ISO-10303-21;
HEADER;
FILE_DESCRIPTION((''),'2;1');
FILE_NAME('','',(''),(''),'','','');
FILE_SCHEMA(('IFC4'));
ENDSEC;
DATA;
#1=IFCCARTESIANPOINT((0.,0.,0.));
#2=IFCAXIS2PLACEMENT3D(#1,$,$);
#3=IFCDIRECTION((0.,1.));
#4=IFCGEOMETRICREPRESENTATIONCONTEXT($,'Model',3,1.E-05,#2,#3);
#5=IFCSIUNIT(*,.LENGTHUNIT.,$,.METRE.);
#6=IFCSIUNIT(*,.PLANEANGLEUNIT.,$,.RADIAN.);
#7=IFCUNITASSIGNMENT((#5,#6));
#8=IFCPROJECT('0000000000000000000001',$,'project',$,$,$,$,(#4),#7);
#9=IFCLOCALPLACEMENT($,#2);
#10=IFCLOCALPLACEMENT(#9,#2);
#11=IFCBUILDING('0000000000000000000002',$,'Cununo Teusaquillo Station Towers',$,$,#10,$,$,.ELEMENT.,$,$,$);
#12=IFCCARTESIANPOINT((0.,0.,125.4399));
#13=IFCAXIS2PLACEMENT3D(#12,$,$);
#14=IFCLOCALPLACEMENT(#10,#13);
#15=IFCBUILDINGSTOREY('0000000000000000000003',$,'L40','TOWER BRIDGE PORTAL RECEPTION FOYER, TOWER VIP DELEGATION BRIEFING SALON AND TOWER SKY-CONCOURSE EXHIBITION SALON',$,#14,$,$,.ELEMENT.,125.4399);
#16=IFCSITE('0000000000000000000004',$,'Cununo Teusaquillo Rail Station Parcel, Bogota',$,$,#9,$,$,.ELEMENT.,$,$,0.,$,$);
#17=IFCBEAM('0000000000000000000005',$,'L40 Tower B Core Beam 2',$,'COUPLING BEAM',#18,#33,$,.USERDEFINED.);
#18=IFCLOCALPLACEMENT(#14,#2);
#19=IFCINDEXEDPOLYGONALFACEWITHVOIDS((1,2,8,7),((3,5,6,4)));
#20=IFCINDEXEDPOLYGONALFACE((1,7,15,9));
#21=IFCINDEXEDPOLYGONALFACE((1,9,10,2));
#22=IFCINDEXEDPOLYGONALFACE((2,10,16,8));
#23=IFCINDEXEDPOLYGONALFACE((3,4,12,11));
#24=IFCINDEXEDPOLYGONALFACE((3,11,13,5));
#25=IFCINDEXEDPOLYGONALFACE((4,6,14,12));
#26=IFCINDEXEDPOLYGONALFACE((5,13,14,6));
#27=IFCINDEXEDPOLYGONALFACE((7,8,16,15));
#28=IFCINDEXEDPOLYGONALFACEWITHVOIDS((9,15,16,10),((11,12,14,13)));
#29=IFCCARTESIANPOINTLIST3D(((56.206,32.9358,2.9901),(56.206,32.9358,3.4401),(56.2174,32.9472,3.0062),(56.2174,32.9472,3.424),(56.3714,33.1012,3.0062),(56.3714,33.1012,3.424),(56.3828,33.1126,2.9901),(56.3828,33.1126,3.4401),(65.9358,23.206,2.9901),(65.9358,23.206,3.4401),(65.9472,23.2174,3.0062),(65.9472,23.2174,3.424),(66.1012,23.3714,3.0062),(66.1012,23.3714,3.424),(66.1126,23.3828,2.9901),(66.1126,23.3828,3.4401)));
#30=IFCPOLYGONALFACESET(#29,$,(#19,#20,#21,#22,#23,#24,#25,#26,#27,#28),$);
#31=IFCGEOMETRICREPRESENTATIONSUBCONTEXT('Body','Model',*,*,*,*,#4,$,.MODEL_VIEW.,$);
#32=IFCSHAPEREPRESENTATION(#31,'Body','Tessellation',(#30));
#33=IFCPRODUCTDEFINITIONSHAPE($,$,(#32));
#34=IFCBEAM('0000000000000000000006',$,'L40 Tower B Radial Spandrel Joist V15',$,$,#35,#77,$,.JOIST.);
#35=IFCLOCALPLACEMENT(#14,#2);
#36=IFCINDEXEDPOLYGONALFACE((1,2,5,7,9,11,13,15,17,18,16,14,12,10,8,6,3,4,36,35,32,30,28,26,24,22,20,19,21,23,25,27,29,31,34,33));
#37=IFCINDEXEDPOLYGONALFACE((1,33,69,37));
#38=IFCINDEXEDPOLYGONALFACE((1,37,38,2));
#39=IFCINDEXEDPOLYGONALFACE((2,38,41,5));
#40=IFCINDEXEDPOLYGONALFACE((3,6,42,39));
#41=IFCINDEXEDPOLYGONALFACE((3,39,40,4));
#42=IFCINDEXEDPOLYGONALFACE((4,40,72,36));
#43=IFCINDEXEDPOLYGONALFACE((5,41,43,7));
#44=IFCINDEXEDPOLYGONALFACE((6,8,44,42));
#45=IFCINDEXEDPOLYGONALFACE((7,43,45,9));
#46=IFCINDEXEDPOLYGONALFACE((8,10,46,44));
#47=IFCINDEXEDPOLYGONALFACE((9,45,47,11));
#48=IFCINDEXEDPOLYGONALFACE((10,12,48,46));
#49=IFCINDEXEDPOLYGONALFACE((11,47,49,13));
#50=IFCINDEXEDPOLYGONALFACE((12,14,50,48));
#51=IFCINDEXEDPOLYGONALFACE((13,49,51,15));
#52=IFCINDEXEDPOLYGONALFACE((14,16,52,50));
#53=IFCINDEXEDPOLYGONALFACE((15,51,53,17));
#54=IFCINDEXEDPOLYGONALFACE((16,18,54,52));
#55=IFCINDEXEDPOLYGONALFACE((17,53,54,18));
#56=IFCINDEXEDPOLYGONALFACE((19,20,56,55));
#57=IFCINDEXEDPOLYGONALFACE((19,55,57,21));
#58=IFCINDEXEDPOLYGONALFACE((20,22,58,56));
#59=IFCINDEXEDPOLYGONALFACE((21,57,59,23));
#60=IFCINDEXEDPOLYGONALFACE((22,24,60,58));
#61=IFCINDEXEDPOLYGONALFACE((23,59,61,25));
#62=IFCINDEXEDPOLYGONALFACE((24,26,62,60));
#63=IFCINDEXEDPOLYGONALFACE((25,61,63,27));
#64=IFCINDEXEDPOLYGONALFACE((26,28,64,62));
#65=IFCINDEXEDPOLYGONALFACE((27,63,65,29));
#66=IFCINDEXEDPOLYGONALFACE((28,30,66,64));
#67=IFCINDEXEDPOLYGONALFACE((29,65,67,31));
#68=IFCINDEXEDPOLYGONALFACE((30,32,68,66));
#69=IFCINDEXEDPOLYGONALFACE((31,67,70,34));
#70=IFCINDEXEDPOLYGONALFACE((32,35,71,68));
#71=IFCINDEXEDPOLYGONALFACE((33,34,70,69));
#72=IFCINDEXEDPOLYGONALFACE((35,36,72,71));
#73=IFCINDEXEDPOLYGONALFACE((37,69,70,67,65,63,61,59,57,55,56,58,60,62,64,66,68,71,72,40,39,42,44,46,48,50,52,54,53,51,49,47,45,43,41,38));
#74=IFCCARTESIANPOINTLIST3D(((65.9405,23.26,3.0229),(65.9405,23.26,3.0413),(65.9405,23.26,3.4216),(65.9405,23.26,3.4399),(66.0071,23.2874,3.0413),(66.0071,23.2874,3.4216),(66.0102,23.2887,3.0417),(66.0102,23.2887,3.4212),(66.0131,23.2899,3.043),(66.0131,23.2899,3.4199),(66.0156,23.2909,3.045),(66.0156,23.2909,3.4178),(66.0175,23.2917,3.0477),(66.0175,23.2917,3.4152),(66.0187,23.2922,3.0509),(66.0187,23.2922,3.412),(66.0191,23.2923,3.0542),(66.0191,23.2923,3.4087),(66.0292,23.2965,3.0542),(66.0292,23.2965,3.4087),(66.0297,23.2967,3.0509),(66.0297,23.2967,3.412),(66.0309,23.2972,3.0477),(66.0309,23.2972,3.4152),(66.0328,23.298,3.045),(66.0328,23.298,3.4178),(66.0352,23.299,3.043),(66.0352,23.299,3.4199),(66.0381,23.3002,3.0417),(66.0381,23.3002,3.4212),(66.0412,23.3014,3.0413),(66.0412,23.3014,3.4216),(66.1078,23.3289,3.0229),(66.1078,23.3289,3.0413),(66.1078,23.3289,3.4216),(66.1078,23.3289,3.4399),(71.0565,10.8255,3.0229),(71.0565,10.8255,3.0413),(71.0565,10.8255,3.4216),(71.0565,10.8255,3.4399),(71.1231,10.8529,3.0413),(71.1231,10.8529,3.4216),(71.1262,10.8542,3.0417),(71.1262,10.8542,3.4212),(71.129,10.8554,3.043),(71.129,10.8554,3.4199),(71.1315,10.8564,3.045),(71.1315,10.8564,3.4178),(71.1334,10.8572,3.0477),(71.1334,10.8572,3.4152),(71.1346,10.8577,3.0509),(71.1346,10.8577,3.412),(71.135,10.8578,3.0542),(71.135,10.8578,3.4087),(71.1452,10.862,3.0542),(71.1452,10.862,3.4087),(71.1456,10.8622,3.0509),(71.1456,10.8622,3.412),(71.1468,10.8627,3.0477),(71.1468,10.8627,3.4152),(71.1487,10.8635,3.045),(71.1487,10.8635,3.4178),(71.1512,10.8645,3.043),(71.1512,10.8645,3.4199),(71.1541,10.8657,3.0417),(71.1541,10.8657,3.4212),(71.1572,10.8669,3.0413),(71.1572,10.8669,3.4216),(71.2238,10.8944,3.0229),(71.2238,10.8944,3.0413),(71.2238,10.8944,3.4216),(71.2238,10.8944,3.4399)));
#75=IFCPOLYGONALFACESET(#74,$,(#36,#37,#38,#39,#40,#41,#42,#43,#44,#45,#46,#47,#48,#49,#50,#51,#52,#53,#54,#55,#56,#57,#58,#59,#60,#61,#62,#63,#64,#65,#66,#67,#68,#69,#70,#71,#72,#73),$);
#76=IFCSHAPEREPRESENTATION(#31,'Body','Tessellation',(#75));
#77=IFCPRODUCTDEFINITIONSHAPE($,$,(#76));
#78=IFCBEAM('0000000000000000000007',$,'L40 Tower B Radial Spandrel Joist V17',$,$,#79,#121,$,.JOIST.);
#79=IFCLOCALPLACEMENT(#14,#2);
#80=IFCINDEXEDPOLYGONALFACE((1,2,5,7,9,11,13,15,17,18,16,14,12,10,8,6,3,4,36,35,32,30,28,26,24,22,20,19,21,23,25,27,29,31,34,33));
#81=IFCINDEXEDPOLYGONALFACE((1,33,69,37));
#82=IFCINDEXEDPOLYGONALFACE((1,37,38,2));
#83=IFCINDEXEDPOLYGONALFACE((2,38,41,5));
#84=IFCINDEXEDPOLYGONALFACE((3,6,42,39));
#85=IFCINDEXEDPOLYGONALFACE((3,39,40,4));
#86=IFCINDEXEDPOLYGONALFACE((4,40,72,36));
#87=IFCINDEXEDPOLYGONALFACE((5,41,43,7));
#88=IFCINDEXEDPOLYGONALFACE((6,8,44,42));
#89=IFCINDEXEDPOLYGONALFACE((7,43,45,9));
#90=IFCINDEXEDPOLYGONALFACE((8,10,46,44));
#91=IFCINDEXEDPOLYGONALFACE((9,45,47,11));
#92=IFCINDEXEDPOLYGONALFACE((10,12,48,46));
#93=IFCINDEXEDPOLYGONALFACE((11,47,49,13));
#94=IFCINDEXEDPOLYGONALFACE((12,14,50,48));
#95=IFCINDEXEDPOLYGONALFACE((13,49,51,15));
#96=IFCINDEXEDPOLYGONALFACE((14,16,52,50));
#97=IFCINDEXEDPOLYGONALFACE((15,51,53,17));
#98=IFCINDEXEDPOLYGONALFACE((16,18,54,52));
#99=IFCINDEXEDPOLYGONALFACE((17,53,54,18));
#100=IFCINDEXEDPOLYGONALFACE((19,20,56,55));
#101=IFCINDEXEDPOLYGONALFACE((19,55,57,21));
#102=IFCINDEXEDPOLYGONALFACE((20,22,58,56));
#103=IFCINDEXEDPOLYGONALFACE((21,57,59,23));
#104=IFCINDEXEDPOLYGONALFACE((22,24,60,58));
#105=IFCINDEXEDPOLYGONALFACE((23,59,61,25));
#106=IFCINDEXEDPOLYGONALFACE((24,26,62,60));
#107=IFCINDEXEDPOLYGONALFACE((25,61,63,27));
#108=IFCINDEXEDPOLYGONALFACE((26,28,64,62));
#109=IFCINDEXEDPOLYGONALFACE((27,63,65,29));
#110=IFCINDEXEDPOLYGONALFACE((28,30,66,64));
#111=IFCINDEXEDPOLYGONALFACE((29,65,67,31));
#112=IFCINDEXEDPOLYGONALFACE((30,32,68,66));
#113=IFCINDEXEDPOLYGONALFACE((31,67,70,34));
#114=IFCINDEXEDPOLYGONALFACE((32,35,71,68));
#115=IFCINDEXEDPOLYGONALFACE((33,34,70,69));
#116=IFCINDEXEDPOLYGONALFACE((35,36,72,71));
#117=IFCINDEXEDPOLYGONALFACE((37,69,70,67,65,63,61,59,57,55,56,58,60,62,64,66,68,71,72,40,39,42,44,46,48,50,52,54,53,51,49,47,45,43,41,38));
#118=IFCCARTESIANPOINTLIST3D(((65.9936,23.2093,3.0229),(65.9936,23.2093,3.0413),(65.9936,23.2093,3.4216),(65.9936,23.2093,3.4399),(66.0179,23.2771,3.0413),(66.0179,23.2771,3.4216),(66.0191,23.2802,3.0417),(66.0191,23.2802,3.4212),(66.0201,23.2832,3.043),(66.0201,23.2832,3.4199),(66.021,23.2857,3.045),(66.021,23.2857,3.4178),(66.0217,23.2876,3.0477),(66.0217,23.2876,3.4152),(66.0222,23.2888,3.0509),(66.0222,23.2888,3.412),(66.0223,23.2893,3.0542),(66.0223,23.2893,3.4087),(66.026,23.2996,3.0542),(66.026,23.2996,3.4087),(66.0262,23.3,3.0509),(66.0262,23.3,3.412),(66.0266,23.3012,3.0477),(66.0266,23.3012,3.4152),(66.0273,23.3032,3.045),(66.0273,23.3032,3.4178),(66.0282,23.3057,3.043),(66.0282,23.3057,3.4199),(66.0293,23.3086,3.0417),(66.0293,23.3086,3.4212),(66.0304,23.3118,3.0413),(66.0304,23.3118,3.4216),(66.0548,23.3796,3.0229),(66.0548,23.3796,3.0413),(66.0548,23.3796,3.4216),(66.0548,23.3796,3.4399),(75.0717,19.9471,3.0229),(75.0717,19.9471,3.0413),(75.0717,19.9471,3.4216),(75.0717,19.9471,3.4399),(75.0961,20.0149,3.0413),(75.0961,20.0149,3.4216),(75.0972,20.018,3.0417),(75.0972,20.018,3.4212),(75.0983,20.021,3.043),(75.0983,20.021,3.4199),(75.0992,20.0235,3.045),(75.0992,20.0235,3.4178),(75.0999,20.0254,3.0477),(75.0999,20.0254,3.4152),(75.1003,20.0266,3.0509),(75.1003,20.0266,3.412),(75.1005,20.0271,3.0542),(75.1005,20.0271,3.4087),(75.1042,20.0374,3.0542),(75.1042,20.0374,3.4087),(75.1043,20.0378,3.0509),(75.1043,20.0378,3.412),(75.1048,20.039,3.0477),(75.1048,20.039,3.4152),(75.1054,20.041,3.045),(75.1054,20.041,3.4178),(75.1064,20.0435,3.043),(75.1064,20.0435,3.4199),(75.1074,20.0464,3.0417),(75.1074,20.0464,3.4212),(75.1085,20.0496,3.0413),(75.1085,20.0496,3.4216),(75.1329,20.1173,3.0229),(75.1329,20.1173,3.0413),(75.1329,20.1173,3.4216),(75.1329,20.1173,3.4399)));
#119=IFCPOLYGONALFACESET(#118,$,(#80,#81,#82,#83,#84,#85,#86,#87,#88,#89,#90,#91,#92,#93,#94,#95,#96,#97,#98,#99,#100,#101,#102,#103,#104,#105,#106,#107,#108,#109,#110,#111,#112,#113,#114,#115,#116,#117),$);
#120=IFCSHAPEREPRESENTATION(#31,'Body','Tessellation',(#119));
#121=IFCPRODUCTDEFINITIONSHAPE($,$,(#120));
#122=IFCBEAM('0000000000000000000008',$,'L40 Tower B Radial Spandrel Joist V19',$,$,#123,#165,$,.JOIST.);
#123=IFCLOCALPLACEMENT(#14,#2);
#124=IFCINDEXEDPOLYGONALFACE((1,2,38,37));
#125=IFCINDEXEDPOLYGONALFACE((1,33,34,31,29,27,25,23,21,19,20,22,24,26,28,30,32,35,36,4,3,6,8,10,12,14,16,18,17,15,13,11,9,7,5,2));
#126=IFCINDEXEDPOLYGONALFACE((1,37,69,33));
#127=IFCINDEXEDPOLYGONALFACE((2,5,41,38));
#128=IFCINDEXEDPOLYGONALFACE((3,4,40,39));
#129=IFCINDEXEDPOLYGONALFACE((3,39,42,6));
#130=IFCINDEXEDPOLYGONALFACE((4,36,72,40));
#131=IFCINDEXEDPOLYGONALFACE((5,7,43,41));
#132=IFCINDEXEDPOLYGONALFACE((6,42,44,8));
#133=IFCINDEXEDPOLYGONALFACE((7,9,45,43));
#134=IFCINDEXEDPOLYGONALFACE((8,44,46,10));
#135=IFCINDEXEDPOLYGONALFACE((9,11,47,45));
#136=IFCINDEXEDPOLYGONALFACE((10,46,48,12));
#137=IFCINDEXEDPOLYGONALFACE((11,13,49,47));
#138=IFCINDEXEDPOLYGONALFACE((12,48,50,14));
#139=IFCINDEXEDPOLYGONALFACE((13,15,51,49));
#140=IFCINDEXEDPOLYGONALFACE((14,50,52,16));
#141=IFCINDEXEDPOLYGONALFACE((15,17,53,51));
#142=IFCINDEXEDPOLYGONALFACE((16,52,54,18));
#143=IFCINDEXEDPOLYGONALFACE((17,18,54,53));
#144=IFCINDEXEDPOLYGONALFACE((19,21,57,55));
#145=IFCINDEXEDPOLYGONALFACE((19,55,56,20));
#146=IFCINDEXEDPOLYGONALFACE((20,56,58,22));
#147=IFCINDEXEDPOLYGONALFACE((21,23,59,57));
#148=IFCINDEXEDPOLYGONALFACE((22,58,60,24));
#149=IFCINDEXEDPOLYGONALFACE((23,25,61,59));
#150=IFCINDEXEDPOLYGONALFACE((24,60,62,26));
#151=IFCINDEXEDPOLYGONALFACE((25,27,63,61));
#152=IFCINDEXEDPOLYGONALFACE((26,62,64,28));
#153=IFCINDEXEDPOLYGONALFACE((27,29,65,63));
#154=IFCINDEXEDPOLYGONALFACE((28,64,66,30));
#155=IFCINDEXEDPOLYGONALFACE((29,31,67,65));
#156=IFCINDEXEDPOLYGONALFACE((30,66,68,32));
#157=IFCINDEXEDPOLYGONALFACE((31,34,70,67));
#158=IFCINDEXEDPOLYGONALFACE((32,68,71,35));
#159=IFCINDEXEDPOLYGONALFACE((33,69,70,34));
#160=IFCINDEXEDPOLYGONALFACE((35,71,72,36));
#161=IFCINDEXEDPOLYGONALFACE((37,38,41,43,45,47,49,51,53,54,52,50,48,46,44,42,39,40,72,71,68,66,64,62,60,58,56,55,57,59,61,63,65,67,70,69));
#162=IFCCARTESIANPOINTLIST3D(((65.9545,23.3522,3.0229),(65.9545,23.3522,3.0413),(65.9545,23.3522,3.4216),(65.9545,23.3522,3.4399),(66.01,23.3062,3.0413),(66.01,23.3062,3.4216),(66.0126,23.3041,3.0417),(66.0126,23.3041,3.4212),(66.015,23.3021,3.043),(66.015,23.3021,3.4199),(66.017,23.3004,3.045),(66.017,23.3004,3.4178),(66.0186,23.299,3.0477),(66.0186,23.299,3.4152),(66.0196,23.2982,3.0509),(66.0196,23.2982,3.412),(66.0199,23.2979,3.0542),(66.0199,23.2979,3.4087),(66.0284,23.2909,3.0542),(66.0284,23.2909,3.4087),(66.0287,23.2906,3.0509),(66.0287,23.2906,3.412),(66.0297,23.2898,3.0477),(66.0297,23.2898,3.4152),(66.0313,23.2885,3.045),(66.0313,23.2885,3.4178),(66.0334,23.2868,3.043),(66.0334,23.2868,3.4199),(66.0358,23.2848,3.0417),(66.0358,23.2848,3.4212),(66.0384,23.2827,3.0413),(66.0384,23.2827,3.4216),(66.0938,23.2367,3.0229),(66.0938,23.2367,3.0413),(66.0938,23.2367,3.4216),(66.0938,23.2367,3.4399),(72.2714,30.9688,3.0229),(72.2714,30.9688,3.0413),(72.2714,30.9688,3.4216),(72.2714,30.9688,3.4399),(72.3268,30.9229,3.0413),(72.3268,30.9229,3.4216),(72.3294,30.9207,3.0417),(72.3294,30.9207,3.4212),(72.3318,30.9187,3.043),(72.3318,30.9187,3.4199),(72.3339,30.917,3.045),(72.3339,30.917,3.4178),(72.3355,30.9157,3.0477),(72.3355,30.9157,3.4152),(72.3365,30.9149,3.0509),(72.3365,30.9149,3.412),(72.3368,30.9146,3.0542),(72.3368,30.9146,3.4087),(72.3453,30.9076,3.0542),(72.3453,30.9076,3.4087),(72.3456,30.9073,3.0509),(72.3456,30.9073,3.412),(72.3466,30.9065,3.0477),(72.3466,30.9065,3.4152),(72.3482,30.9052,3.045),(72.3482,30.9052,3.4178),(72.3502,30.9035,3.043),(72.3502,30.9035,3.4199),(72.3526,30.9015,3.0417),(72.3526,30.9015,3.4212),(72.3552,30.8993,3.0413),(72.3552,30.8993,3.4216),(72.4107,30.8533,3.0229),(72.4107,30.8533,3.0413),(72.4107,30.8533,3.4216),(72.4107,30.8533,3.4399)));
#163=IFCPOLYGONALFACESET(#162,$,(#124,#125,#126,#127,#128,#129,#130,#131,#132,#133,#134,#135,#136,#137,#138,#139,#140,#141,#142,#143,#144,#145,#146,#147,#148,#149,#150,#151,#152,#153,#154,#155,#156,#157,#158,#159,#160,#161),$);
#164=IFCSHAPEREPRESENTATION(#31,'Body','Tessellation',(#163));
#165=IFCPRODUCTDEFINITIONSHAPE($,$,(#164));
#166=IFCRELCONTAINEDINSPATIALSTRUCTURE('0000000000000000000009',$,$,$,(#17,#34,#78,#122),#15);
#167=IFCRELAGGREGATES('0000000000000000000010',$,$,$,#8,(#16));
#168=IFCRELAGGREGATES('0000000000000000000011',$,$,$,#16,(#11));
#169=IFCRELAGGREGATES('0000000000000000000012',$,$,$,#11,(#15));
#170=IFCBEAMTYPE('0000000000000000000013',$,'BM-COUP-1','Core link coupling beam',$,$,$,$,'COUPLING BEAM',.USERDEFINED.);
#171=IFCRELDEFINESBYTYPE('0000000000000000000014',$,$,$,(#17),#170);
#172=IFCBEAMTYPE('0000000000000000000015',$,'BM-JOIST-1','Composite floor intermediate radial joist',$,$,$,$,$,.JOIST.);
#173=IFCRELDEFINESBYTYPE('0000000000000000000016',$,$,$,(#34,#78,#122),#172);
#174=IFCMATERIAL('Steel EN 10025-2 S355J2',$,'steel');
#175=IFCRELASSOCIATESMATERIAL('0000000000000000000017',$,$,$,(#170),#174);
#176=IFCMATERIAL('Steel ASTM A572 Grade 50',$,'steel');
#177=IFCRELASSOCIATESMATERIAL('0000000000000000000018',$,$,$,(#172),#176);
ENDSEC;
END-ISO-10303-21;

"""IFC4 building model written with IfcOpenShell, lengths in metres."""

from ifc_helpers import new_model, si_unit, direction, frame, origin, origin_2d, place, context, subcontext, project, spatial, hollow_rectangle, i_section, extrude, material, material_profile, profile_set, type_object, element, save


model = new_model("IFC4")

# Units and contexts
model_context = context("Model", 3, precision=1e-05, world=origin(), true_north=direction((0.0, 1.0)))
body_context = subcontext(model_context, "Body", "Model", "MODEL_VIEW")
ifc_project = project(units=[si_unit("LENGTHUNIT", "METRE"), si_unit("PLANEANGLEUNIT", "RADIAN")], contexts=[model_context])

# Site, building, storey
site_placement = place(None, origin())
site = spatial("IfcSite", under=ifc_project, at=site_placement, Name="Cununo Teusaquillo Rail Station Parcel, Bogota", CompositionType="ELEMENT", RefElevation=0.0)
building_placement = place(site_placement, origin())
building = spatial("IfcBuilding", under=site, at=building_placement, Name="Cununo Teusaquillo Station Towers", CompositionType="ELEMENT")
storey_placement = place(building_placement, frame((0.0, 0.0, 125.4399)))
storey = spatial("IfcBuildingStorey", under=building, at=storey_placement, Name="L40", Description="TOWER BRIDGE PORTAL RECEPTION FOYER, TOWER VIP DELEGATION BRIEFING SALON AND TOWER SKY-CONCOURSE EXHIBITION SALON", CompositionType="ELEMENT", Elevation=125.4399)

# Beams
ifc_material_1 = material(Name="Steel EN 10025-2 S355J2", Category="steel")
ifc_material_profile_1 = material_profile(ifc_material_1, hollow_rectangle(XDim=0.25, YDim=0.45, WallThickness=0.0161, at=origin_2d()), Name="RHS 450x250x16")
ifc_profile_set_1 = profile_set([ifc_material_profile_1], Name="Steel EN 10025-2 S355J2")
beam_type_1 = type_object("IfcBeamType", Name="BM-COUP-1", Description="Core link coupling beam", ElementType="COUPLING BEAM", PredefinedType="USERDEFINED", material=ifc_profile_set_1)
beam_1_placement = place(storey_placement, frame((66.0242, 23.2944, 3.2151), z_axis=(-0.707107, 0.707107, 0.0), x_axis=(-0.707107, -0.707107, 0.0)))
element("IfcBeam", 1, at=beam_1_placement, inside=storey, type_object=beam_type_1, Name="L40 Tower B Core Beam 2", ObjectType="COUPLING BEAM", PredefinedType="USERDEFINED", context=body_context, shape_type="SweptSolid", body=[
    extrude(hollow_rectangle(XDim=0.25, YDim=0.45, WallThickness=0.0161, at=origin_2d()), origin(), (0.0, 0.0, 1.0), 13.76),
])
ifc_material_2 = material(Name="Steel ASTM A572 Grade 50", Category="steel")
ifc_material_profile_2 = material_profile(ifc_material_2, i_section(OverallWidth=0.1809, OverallDepth=0.417, WebThickness=0.011, FlangeThickness=0.0183, FilletRadius=0.0129, at=origin_2d()), Name="W16X57")
ifc_profile_set_2 = profile_set([ifc_material_profile_2], Name="Steel ASTM A572 Grade 50")
beam_type_2 = type_object("IfcBeamType", Name="BM-JOIST-1", Description="Composite floor intermediate radial joist", PredefinedType="JOIST", material=ifc_profile_set_2)
beam_2_placement = place(storey_placement, frame((66.0242, 23.2944, 3.2314), z_axis=(0.380486, -0.924787, 0.0), x_axis=(0.924787, 0.380486, 0.0)))
element("IfcBeam", 2, at=beam_2_placement, inside=storey, type_object=beam_type_2, Name="L40 Tower B Radial Spandrel Joist V15", PredefinedType="JOIST", context=body_context, shape_type="SweptSolid", body=[
    extrude(i_section(OverallWidth=0.1809, OverallDepth=0.417, WebThickness=0.011, FlangeThickness=0.0183, FilletRadius=0.0129, at=origin_2d()), origin(), (0.0, 0.0, 1.0), 13.4458),
])
beam_3_placement = place(storey_placement, frame((66.0242, 23.2944, 3.2314), z_axis=(0.941083, -0.338176, 0.0), x_axis=(0.338176, 0.941083, 0.0)))
element("IfcBeam", 3, at=beam_3_placement, inside=storey, type_object=beam_type_2, Name="L40 Tower B Radial Spandrel Joist V17", PredefinedType="JOIST", context=body_context, shape_type="SweptSolid", body=[
    extrude(i_section(OverallWidth=0.1809, OverallDepth=0.417, WebThickness=0.011, FlangeThickness=0.0183, FilletRadius=0.0129, at=origin_2d()), origin(), (0.0, 0.0, 1.0), 9.6465),
])
beam_4_placement = place(storey_placement, frame((66.0242, 23.2944, 3.2314), z_axis=(0.638372, 0.769728, 0.0), x_axis=(-0.769728, 0.638372, 0.0)))
element("IfcBeam", 4, at=beam_4_placement, inside=storey, type_object=beam_type_2, Name="L40 Tower B Radial Spandrel Joist V19", PredefinedType="JOIST", context=body_context, shape_type="SweptSolid", body=[
    extrude(i_section(OverallWidth=0.1809, OverallDepth=0.417, WebThickness=0.011, FlangeThickness=0.0183, FilletRadius=0.0129, at=origin_2d()), origin(), (0.0, 0.0, 1.0), 9.8953),
])

save(model, "model.ifc")
